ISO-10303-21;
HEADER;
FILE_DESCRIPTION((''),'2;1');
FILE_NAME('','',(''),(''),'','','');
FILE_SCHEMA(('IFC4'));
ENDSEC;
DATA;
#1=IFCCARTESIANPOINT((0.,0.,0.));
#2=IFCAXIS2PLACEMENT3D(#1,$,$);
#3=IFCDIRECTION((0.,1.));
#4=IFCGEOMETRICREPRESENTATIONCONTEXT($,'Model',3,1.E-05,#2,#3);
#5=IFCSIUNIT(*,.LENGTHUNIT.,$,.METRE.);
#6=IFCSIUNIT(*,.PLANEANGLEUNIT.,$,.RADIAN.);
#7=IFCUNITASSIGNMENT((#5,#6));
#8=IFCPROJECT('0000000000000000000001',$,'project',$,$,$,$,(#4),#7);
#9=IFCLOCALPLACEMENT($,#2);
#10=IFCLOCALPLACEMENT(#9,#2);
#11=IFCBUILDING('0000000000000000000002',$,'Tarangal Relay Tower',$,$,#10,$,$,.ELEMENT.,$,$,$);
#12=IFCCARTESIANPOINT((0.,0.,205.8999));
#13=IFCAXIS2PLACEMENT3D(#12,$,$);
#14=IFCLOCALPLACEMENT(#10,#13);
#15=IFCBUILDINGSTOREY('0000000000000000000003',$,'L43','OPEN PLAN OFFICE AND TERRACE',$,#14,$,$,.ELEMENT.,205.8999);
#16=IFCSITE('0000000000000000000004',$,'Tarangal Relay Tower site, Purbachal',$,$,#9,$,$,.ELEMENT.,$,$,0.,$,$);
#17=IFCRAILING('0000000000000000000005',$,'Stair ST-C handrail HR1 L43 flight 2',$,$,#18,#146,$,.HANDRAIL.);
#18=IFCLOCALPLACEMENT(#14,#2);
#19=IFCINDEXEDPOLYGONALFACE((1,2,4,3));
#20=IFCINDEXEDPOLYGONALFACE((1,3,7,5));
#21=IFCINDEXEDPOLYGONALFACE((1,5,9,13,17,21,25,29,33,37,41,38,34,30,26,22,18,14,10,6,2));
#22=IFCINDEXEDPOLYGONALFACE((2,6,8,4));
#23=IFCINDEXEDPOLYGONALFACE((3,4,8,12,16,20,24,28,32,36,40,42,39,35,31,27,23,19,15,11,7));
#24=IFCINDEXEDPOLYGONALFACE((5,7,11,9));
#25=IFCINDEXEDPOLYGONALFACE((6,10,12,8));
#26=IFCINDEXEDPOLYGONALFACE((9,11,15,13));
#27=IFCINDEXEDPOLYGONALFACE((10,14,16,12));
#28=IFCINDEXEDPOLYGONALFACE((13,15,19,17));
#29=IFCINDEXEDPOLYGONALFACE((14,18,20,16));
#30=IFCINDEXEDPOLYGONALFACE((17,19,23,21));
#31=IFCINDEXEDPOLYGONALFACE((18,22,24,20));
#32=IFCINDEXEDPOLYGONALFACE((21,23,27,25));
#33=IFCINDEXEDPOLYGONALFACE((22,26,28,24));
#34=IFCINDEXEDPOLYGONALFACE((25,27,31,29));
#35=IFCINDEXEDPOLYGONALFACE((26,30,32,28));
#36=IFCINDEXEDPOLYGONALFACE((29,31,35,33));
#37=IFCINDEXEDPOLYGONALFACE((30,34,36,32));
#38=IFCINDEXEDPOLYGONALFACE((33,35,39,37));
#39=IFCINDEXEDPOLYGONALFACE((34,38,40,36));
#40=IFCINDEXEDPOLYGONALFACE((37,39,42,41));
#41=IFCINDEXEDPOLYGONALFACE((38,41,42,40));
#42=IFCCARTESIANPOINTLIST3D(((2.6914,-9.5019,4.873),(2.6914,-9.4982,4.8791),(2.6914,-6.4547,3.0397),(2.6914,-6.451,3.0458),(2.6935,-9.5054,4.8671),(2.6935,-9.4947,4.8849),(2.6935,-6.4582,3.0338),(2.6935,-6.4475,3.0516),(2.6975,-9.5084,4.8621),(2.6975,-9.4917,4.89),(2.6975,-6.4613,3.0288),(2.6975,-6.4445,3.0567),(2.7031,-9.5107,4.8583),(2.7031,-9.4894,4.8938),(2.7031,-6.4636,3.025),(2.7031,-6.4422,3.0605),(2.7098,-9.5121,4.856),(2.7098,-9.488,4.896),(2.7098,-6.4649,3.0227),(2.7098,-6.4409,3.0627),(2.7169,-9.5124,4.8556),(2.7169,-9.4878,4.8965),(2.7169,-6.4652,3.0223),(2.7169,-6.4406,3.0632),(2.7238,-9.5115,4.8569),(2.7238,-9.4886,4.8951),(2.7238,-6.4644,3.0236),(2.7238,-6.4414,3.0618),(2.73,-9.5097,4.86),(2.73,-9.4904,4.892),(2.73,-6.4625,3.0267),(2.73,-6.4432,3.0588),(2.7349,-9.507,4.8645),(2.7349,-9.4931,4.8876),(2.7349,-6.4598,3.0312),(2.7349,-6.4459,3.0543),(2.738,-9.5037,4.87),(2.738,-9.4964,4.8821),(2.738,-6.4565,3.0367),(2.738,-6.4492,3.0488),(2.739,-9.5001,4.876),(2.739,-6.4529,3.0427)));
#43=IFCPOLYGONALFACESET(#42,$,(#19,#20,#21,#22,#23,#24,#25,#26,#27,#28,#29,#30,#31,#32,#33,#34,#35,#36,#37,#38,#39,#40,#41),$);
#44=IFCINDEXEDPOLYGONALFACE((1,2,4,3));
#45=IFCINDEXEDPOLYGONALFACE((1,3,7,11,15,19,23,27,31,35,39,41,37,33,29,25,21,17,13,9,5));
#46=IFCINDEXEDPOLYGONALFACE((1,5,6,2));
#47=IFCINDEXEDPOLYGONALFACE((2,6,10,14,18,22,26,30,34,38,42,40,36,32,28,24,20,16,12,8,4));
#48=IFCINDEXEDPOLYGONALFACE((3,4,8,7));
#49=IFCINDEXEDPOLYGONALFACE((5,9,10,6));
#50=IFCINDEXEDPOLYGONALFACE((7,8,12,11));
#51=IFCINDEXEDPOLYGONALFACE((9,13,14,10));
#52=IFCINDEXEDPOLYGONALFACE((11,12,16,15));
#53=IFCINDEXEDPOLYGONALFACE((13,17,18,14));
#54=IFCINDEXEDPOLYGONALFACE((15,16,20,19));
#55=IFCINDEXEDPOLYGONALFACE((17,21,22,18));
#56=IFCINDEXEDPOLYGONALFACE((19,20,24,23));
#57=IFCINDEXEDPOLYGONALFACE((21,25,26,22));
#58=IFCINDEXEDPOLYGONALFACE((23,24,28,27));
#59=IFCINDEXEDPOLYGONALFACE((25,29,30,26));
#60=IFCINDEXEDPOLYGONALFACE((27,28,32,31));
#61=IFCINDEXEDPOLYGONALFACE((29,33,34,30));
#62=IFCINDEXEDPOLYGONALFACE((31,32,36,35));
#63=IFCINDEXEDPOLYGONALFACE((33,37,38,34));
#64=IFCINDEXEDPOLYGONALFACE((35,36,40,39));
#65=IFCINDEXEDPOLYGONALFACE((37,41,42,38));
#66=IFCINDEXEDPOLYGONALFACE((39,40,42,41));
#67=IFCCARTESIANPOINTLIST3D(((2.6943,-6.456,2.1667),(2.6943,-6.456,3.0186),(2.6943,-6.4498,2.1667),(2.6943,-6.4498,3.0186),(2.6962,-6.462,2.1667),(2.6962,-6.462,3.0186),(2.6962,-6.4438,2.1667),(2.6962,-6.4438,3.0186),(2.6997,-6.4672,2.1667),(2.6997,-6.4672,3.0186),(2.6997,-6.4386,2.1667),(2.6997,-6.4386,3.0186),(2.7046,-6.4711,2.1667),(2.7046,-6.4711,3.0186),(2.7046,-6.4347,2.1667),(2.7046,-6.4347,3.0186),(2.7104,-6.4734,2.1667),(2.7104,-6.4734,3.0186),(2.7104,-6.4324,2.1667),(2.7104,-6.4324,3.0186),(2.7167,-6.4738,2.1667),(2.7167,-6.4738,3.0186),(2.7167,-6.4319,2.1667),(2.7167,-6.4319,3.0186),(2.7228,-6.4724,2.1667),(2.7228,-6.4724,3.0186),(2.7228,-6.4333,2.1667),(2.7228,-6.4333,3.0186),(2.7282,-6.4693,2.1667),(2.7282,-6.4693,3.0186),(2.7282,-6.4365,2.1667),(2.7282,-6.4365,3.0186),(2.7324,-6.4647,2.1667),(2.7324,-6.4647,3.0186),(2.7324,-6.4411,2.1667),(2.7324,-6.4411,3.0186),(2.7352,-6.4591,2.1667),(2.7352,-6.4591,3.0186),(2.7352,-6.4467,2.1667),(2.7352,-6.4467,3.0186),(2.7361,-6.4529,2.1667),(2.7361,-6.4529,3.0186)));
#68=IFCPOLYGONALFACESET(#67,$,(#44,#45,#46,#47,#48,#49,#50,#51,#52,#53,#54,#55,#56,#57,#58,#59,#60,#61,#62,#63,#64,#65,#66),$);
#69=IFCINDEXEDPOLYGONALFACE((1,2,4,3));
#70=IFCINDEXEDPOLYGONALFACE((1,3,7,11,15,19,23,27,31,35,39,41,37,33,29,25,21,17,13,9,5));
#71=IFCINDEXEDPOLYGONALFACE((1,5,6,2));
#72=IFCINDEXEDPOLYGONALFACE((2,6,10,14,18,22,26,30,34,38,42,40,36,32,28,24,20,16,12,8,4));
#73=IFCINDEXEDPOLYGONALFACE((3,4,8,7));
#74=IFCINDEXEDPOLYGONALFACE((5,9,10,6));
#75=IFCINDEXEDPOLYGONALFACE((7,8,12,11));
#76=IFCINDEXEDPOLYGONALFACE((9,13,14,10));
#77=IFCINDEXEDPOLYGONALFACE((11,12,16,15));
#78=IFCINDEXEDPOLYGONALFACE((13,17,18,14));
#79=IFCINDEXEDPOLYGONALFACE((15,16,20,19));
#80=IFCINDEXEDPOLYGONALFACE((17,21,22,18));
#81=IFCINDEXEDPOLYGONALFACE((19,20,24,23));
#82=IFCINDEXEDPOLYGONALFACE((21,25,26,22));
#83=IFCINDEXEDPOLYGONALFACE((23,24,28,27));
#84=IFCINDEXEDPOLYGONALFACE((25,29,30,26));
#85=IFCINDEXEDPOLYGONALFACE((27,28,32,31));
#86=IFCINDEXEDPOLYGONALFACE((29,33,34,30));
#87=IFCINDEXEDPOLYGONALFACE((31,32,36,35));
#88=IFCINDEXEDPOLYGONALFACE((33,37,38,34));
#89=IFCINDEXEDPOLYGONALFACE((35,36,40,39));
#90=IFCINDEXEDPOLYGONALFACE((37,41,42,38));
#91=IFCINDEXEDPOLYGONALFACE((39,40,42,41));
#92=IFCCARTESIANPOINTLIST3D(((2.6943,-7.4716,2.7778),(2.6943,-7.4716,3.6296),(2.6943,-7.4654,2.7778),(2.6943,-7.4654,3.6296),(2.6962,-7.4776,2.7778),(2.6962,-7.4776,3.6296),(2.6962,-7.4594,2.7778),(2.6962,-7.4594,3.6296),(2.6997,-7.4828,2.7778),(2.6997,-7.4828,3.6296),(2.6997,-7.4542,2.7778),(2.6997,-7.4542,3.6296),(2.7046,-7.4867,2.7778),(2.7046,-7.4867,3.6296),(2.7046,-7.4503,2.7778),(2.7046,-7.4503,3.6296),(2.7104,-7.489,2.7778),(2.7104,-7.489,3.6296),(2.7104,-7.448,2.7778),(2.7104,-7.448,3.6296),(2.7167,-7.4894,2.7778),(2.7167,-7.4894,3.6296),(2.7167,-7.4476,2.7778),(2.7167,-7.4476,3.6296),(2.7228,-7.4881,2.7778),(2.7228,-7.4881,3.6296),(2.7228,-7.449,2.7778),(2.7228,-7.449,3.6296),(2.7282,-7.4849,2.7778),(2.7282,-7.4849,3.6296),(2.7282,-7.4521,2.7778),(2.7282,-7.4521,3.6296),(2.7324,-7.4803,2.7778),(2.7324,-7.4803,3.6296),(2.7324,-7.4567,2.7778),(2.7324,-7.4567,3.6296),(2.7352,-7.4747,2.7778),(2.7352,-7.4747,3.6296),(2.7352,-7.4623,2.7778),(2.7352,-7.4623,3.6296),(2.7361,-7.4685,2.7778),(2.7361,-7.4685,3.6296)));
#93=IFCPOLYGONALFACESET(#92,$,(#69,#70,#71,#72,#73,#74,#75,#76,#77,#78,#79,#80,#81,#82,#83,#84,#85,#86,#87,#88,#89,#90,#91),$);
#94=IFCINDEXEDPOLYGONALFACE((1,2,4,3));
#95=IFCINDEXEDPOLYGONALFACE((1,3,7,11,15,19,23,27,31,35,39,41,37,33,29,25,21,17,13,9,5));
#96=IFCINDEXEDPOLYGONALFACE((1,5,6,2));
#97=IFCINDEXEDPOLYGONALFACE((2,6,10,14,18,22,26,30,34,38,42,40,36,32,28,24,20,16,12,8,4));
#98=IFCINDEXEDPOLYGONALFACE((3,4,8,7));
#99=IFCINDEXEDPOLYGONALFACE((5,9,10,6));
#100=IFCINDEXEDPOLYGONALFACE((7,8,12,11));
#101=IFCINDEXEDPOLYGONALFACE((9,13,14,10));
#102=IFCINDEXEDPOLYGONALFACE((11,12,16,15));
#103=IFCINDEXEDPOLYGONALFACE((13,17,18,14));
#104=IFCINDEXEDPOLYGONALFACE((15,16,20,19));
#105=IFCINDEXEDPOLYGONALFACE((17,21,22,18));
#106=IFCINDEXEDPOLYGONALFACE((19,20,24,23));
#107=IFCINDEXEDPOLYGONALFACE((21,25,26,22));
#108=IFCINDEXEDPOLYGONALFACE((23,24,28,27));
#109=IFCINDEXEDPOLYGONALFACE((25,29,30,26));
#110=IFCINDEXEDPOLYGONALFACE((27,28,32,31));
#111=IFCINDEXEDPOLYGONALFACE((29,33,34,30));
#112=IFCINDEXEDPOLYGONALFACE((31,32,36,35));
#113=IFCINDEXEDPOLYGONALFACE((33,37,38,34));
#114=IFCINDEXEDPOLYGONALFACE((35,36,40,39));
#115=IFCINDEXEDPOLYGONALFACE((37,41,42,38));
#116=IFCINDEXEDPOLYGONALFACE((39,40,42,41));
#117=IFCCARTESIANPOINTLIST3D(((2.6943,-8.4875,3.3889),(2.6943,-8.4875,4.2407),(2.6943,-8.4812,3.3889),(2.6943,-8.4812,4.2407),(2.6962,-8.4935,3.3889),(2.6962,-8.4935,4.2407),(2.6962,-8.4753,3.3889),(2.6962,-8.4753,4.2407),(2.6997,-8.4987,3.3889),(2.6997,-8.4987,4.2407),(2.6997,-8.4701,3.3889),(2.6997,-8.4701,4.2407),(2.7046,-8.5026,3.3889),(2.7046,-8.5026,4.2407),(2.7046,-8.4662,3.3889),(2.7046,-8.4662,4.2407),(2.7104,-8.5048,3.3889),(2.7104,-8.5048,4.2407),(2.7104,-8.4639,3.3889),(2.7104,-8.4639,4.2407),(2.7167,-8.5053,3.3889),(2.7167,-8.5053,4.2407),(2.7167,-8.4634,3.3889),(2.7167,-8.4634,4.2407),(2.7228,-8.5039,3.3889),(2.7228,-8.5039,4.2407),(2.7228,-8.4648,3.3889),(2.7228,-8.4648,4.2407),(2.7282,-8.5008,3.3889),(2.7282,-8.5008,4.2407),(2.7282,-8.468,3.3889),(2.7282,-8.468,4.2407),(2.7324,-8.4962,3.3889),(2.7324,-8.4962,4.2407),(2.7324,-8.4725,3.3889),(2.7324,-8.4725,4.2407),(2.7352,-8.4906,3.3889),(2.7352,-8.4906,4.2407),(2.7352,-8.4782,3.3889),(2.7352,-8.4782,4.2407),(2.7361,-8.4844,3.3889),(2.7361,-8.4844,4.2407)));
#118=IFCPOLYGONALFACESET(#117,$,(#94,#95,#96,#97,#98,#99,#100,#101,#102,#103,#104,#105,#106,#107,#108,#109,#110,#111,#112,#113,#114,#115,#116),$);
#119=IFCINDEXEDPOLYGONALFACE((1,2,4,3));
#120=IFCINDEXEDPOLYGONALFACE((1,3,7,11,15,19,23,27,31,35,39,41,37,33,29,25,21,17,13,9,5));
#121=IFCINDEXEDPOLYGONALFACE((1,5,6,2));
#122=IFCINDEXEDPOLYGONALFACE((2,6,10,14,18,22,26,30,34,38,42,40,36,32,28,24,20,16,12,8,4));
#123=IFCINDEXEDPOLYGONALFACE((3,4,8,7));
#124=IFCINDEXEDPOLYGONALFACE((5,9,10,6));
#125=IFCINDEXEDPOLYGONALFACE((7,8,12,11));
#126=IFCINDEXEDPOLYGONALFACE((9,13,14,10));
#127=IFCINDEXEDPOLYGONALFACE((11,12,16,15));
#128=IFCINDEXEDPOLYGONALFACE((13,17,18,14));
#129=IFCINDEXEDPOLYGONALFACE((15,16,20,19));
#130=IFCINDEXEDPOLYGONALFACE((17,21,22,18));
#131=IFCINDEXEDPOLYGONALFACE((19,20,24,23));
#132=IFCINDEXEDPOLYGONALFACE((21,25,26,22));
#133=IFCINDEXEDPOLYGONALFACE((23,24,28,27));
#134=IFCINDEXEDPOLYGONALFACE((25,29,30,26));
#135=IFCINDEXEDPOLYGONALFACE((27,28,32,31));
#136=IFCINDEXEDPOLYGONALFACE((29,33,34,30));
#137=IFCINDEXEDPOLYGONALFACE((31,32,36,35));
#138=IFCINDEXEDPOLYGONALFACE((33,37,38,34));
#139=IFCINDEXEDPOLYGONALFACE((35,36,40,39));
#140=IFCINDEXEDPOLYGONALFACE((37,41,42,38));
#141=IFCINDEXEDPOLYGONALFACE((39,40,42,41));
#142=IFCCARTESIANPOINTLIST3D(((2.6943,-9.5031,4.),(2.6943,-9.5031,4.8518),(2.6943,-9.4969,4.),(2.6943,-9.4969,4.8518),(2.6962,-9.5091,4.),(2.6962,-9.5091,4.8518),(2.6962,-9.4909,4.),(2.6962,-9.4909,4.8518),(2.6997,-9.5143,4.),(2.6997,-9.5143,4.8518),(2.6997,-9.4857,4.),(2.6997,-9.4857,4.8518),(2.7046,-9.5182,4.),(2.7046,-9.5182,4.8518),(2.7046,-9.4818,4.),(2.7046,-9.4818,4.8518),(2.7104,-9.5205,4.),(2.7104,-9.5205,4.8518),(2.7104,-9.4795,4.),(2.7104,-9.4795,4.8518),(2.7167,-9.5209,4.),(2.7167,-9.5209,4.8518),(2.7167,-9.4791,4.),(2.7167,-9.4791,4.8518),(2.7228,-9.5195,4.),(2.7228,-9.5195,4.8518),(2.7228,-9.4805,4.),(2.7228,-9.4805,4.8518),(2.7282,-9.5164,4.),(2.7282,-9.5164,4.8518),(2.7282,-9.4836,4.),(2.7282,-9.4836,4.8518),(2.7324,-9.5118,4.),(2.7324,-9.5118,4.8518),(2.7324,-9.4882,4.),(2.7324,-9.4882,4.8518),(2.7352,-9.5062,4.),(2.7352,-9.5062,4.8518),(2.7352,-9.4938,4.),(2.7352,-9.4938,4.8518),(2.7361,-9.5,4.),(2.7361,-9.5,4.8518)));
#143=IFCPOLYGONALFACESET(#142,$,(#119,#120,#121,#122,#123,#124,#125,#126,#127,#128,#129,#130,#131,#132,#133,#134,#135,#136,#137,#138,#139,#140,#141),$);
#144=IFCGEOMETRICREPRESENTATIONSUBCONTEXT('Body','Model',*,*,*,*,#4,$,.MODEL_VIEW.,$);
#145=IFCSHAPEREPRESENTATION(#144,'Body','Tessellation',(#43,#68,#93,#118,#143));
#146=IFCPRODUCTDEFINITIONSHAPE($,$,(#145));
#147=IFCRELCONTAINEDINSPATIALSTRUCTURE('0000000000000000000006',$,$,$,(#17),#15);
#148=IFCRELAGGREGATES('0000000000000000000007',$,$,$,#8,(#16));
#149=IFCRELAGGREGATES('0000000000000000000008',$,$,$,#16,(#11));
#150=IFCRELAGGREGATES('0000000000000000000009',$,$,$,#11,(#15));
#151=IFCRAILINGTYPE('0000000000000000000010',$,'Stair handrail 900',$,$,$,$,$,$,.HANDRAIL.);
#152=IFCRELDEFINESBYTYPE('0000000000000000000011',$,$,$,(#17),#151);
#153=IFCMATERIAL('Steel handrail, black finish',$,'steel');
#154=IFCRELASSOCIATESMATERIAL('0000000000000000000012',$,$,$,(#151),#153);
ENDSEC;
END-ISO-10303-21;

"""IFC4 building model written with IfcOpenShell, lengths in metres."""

from ifc_helpers import new_model, si_unit, direction, frame, origin, origin_2d, place, context, subcontext, project, spatial, circle, extrude, material, type_object, element, save


model = new_model("IFC4")

# Units and contexts
model_context = context("Model", 3, precision=1e-05, world=origin(), true_north=direction((0.0, 1.0)))
body_context = subcontext(model_context, "Body", "Model", "MODEL_VIEW")
ifc_project = project(units=[si_unit("LENGTHUNIT", "METRE"), si_unit("PLANEANGLEUNIT", "RADIAN")], contexts=[model_context])

# Site, building, storey
site_placement = place(None, origin())
site = spatial("IfcSite", under=ifc_project, at=site_placement, Name="Tarangal Relay Tower site, Purbachal", CompositionType="ELEMENT", RefElevation=0.0)
building_placement = place(site_placement, origin())
building = spatial("IfcBuilding", under=site, at=building_placement, Name="Tarangal Relay Tower", CompositionType="ELEMENT")
storey_placement = place(building_placement, frame((0.0, 0.0, 205.8999)))
storey = spatial("IfcBuildingStorey", under=building, at=storey_placement, Name="L43", Description="OPEN PLAN OFFICE AND TERRACE", CompositionType="ELEMENT", Elevation=205.8999)

# Railing
ifc_material_1 = material(Name="Steel handrail, black finish", Category="steel")
railing_type_1 = type_object("IfcRailingType", Name="Stair handrail 900", PredefinedType="HANDRAIL", material=ifc_material_1)
railing_1_placement = place(storey_placement, frame((2.7151, -6.4529, 2.1667)))
element("IfcRailing", 1, at=railing_1_placement, inside=storey, type_object=railing_type_1, Name="Stair ST-C handrail HR1 L43 flight 2", PredefinedType="HANDRAIL", context=body_context, shape_type="SweptSolid", body=[
    extrude(circle(Radius=0.0239, at=origin_2d()), frame((0.0, 0.0, 0.876), z_axis=(0.0, -0.856874, 0.515525), x_axis=(1.0, 0.0, 0.0)), (0.0, 0.0, 1.0), 3.5562),
    extrude(circle(Radius=0.021, at=origin_2d()), origin(), (0.0, 0.0, 1.0), 0.8518),
    extrude(circle(Radius=0.021, at=origin_2d()), frame((0.0, -1.0156, 0.6111)), (0.0, 0.0, 1.0), 0.8518),
    extrude(circle(Radius=0.021, at=origin_2d()), frame((0.0, -2.0315, 1.2222)), (0.0, 0.0, 1.0), 0.8518),
    extrude(circle(Radius=0.021, at=origin_2d()), frame((0.0, -3.0471, 1.8333)), (0.0, 0.0, 1.0), 0.8518),
])

save(model, "model.ifc")
